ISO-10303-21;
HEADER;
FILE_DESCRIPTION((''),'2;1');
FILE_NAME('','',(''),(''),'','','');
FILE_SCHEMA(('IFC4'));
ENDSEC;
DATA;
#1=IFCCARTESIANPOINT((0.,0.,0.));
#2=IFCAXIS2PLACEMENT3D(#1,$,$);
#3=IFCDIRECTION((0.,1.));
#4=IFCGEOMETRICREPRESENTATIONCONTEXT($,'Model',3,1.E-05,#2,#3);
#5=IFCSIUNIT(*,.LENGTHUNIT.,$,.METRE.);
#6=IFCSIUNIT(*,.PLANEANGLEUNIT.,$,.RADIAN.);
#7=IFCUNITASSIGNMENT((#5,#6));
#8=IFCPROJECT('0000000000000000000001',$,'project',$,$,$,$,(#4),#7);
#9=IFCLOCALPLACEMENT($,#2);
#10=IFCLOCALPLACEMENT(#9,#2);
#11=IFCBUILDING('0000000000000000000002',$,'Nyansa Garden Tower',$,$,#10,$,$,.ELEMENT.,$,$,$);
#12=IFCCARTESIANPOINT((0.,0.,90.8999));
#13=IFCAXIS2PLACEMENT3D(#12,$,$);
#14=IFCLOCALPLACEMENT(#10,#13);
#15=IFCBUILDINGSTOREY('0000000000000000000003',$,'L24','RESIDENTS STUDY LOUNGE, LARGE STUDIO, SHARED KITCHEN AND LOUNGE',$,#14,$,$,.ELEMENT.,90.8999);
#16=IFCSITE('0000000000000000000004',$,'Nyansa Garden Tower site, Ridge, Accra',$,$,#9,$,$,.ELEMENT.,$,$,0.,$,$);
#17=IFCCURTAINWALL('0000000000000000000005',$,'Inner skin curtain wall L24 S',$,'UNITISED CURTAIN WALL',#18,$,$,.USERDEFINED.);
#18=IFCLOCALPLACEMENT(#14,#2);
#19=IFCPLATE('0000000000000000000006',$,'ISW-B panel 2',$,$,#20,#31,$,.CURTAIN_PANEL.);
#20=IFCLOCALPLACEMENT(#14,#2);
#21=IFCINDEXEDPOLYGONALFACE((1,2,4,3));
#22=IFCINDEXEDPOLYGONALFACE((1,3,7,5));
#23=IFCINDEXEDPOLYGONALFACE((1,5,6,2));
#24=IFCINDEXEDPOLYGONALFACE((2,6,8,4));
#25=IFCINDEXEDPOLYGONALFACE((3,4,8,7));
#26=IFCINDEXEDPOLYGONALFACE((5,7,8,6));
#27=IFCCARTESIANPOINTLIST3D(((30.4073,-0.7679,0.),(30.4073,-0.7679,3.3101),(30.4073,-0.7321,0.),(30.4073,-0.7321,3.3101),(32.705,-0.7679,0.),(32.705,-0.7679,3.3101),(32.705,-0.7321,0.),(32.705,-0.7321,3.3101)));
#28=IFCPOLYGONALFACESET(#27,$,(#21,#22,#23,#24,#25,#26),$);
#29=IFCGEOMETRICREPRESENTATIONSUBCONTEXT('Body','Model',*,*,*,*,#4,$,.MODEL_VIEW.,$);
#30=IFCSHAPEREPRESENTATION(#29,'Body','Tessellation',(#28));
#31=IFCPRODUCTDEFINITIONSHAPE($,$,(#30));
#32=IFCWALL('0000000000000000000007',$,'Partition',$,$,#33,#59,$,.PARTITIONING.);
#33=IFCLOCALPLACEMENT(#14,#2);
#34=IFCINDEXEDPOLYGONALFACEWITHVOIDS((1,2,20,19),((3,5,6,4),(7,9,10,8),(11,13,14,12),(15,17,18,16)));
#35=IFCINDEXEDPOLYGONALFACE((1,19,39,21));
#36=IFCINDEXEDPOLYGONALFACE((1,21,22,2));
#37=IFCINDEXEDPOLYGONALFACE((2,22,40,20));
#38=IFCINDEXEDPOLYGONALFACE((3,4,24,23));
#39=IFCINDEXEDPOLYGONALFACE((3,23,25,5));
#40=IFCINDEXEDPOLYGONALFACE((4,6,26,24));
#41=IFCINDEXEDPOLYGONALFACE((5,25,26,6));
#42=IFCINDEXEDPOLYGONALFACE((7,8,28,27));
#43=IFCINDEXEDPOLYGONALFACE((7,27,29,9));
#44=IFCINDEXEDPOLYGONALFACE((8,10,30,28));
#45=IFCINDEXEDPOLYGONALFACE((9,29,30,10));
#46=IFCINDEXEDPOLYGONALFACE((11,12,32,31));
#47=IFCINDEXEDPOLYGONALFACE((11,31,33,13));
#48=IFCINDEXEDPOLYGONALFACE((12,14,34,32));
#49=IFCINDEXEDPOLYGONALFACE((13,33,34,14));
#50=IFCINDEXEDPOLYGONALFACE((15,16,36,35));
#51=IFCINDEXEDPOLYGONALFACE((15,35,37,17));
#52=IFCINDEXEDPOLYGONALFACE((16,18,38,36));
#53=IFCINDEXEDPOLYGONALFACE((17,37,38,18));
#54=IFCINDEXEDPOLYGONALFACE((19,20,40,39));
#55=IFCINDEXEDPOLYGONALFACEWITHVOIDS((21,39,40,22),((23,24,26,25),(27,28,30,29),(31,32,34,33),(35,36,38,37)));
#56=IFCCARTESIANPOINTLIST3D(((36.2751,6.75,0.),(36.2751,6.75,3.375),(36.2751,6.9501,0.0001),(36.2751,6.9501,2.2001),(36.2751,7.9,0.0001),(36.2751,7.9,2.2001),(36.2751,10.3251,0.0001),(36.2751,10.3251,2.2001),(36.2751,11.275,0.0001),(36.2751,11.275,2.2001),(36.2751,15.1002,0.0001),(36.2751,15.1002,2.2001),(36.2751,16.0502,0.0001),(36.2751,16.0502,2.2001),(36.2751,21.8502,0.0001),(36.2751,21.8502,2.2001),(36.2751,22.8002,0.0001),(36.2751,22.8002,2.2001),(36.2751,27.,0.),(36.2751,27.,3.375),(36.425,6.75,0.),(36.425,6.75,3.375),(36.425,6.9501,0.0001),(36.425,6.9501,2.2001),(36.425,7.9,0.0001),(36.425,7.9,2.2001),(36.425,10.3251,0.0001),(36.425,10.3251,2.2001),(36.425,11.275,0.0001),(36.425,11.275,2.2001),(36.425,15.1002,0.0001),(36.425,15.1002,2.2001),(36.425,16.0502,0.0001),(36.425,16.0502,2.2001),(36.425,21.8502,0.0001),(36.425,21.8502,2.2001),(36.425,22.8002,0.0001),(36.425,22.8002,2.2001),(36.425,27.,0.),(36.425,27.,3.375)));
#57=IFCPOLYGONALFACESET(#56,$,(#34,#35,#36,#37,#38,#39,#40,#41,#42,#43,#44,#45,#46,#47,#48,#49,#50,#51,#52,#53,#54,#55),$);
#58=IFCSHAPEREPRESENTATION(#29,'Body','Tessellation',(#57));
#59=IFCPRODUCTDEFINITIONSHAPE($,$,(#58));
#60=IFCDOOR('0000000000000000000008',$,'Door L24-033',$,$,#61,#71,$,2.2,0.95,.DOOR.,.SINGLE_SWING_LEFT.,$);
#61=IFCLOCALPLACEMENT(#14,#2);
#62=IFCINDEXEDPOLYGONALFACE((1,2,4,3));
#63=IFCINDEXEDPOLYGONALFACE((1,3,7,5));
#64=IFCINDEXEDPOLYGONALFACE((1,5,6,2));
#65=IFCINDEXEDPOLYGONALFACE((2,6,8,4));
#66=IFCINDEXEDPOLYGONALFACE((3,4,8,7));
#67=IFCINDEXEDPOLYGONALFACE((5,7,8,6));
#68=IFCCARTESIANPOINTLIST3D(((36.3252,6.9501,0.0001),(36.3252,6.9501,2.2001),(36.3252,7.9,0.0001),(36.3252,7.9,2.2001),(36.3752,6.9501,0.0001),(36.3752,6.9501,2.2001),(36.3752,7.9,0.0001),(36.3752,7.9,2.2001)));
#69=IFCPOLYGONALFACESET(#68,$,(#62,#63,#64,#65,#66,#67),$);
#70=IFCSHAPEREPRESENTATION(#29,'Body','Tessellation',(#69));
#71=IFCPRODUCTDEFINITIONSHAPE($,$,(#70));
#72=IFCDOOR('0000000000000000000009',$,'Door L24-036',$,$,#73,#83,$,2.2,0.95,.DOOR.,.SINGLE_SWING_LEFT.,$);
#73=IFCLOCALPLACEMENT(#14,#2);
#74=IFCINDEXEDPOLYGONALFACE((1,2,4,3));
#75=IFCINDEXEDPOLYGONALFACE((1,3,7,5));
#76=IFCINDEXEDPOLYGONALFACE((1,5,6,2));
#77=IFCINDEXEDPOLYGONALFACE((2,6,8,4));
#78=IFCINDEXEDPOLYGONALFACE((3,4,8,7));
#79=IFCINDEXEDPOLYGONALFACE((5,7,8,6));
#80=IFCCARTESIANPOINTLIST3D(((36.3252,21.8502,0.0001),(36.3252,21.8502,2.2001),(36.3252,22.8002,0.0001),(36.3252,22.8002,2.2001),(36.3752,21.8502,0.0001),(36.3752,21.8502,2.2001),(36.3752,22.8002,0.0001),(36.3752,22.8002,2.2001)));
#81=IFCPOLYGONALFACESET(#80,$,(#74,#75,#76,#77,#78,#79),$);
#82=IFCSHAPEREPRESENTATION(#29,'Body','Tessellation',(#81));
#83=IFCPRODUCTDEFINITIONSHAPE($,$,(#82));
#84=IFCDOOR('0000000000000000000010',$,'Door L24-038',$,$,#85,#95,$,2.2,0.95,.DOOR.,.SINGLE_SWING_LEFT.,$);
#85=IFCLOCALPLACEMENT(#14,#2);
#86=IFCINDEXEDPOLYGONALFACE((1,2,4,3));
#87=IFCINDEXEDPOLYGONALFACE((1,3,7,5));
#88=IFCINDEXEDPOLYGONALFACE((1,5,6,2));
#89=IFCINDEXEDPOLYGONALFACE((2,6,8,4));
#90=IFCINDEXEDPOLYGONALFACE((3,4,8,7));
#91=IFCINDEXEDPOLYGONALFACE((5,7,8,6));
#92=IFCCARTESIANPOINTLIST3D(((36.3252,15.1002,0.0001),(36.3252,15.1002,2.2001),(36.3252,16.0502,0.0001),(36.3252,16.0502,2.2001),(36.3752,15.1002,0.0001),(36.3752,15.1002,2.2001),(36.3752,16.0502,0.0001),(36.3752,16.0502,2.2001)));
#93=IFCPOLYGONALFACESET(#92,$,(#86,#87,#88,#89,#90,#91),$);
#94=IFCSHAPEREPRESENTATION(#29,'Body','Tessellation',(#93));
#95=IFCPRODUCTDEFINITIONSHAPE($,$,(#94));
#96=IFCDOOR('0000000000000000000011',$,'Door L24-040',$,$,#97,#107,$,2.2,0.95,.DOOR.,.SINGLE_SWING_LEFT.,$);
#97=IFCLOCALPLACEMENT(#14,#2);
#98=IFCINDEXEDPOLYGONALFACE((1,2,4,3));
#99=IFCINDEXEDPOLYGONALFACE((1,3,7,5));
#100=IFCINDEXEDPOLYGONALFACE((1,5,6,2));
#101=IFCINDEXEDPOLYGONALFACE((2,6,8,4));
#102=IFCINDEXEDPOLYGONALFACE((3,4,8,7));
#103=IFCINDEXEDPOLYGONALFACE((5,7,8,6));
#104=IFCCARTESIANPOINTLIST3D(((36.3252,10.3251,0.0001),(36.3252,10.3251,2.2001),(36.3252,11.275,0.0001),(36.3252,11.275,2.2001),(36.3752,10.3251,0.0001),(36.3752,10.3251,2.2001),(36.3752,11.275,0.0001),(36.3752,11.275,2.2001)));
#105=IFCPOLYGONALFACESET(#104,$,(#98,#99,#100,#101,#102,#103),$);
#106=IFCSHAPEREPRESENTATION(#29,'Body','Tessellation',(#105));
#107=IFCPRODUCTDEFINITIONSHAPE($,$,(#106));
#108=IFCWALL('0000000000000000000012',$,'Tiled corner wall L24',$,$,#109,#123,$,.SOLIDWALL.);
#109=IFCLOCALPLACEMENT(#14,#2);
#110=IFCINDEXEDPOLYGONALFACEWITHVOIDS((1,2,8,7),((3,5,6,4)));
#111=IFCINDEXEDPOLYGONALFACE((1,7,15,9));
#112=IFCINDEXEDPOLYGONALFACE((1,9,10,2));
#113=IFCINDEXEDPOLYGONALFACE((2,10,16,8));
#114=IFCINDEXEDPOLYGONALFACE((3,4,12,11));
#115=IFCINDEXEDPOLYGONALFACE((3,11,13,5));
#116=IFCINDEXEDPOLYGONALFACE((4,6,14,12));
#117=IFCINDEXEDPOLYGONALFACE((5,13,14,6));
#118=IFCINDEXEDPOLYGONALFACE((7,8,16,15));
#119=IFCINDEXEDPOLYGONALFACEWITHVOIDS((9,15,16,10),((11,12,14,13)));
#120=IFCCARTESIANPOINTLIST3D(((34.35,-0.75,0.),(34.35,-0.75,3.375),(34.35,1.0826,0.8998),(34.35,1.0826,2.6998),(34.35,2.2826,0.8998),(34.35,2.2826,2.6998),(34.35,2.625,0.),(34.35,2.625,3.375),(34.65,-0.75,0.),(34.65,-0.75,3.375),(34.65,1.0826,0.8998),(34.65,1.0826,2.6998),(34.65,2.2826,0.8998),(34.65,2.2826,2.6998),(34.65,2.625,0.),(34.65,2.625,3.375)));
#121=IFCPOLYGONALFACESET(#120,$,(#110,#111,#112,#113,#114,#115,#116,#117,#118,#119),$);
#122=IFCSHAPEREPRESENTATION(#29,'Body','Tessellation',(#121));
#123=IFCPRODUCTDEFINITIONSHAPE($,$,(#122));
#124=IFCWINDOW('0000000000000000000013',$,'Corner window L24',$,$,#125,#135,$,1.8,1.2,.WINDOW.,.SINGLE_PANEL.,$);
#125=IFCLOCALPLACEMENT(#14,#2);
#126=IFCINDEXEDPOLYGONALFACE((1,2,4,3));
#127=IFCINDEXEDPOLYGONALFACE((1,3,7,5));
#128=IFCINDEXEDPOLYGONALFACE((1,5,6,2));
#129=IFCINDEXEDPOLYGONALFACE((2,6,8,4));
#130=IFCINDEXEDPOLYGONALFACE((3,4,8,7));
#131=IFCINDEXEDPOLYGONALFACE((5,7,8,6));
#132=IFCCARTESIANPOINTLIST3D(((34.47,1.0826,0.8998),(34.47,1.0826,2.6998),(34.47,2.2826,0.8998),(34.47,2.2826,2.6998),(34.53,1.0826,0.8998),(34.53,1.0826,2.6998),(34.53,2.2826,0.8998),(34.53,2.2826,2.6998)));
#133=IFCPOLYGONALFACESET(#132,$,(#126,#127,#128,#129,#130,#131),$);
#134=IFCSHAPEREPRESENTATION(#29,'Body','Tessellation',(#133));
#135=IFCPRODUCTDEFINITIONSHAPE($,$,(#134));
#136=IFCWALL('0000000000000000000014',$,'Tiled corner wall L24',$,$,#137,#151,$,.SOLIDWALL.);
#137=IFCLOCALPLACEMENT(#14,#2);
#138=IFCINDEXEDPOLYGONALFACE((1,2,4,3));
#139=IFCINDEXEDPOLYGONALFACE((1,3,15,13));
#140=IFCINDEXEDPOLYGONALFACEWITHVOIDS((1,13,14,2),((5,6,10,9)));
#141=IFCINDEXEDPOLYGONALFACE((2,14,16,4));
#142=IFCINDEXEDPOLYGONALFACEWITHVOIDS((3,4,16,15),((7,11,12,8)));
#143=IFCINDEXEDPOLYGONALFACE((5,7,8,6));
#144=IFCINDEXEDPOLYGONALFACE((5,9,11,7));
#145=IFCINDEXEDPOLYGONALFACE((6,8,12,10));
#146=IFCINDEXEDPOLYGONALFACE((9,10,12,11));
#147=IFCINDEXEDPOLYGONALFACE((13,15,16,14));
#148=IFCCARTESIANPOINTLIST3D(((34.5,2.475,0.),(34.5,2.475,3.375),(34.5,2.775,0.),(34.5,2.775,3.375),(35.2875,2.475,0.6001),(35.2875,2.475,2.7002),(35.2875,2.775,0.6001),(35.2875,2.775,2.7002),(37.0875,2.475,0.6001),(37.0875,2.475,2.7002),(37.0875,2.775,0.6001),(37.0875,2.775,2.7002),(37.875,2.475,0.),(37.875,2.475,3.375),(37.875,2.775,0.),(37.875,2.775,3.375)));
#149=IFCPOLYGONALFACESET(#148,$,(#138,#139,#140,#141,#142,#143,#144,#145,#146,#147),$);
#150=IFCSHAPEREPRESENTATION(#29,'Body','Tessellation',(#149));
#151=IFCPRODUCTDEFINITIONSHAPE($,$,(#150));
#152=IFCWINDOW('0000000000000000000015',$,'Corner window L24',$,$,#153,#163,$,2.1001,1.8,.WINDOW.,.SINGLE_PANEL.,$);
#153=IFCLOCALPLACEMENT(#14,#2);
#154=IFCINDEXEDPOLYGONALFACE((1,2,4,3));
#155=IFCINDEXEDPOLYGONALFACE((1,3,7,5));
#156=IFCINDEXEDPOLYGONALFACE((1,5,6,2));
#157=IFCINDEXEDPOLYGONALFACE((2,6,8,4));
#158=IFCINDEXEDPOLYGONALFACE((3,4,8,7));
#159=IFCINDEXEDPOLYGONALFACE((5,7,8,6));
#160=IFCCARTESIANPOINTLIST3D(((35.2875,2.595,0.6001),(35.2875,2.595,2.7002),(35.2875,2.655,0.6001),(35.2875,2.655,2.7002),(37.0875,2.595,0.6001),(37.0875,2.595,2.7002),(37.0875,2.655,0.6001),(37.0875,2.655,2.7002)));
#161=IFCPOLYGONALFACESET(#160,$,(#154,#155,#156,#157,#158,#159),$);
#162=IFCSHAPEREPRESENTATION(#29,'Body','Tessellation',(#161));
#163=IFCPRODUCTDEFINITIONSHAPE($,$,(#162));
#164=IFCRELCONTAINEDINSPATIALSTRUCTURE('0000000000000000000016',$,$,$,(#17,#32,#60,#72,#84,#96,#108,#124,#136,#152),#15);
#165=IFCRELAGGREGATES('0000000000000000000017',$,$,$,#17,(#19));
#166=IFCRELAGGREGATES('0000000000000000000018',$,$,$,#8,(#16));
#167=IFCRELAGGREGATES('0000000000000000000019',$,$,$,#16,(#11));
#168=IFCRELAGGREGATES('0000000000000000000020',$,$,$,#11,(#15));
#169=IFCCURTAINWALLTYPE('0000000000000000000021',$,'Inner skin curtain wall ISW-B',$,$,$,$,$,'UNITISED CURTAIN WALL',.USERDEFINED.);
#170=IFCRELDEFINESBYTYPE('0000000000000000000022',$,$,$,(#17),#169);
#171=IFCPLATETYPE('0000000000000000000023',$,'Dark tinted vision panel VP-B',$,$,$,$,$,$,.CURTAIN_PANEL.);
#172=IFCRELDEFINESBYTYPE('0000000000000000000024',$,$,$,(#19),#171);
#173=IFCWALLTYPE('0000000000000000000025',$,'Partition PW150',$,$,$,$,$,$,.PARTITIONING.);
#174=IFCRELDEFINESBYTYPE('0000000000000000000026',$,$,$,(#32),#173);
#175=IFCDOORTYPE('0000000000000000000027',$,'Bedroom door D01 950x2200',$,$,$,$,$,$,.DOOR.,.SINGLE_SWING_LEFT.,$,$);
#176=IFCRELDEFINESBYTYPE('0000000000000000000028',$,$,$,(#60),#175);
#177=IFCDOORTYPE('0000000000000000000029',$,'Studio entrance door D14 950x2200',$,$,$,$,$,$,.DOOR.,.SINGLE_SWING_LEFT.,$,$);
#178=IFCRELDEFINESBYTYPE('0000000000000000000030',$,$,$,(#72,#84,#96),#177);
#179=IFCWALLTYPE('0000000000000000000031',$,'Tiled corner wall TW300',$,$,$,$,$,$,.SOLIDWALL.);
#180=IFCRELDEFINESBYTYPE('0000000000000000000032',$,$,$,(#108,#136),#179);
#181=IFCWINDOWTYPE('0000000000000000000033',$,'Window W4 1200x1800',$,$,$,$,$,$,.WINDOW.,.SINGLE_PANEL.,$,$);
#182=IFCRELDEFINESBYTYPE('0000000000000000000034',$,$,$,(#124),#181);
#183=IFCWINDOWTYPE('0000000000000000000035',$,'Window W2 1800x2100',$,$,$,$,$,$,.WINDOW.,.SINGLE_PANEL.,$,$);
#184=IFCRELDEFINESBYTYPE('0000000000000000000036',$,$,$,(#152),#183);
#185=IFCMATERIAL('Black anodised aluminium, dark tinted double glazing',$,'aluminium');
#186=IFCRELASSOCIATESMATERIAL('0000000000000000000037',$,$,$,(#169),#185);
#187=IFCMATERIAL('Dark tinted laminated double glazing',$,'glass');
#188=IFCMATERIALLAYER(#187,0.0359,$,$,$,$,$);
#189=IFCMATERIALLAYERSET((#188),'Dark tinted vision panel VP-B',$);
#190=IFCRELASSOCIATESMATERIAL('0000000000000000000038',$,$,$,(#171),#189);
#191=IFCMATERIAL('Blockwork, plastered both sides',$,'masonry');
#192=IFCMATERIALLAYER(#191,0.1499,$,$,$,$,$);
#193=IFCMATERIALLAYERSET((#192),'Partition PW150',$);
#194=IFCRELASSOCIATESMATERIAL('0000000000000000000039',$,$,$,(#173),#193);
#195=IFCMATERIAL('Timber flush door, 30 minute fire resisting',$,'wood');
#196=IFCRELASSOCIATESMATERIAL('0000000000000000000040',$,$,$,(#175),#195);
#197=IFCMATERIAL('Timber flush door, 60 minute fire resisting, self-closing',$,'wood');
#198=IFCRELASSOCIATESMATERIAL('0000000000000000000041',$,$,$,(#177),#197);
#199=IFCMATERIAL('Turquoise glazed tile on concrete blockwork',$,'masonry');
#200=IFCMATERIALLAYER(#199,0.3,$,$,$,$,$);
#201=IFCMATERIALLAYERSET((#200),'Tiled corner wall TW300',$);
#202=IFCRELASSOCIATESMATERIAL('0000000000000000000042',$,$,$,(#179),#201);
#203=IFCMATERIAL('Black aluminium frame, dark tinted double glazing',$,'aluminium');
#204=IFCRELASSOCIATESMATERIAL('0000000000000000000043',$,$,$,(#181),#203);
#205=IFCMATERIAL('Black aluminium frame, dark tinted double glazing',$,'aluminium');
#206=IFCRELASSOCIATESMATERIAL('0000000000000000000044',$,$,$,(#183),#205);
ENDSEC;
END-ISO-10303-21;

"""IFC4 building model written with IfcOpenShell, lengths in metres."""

from ifc_helpers import new_model, si_unit, direction, frame, frame_2d, origin, origin_2d, place, context, subcontext, project, spatial, rectangle, extrude, material, layer, layer_set, type_object, element, fill, aggregate, save


model = new_model("IFC4")

# Units and contexts
model_context = context("Model", 3, precision=1e-05, world=origin(), true_north=direction((0.0, 1.0)))
body_context = subcontext(model_context, "Body", "Model", "MODEL_VIEW")
ifc_project = project(units=[si_unit("LENGTHUNIT", "METRE"), si_unit("PLANEANGLEUNIT", "RADIAN")], contexts=[model_context])

# Site, building, storey
site_placement = place(None, origin())
site = spatial("IfcSite", under=ifc_project, at=site_placement, Name="Nyansa Garden Tower site, Ridge, Accra", CompositionType="ELEMENT", RefElevation=0.0)
building_placement = place(site_placement, origin())
building = spatial("IfcBuilding", under=site, at=building_placement, Name="Nyansa Garden Tower", CompositionType="ELEMENT")
storey_placement = place(building_placement, frame((0.0, 0.0, 90.8999)))
storey = spatial("IfcBuildingStorey", under=building, at=storey_placement, Name="L24", Description="RESIDENTS STUDY LOUNGE, LARGE STUDIO, SHARED KITCHEN AND LOUNGE", CompositionType="ELEMENT", Elevation=90.8999)

# Curtain wall
ifc_material_1 = material(Name="Black anodised aluminium, dark tinted double glazing", Category="aluminium")
curtain_wall_type = type_object("IfcCurtainWallType", Name="Inner skin curtain wall ISW-B", ElementType="UNITISED CURTAIN WALL", PredefinedType="USERDEFINED", material=ifc_material_1)
curtain_wall_placement = place(storey_placement, origin())
curtain_wall = element("IfcCurtainWall", 1, at=curtain_wall_placement, inside=storey, type_object=curtain_wall_type, Name="Inner skin curtain wall L24 S", ObjectType="UNITISED CURTAIN WALL", PredefinedType="USERDEFINED")

# Plate
ifc_material_2 = material(Name="Dark tinted laminated double glazing", Category="glass")
ifc_layer_1 = layer(ifc_material_2, 0.0359)
ifc_layer_set_1 = layer_set([ifc_layer_1], Name="Dark tinted vision panel VP-B")
plate_type = type_object("IfcPlateType", Name="Dark tinted vision panel VP-B", PredefinedType="CURTAIN_PANEL", material=ifc_layer_set_1)
plate_placement = place(storey_placement, frame((31.5562, -0.75, 0.0), z_axis=(0.0, 0.0, 1.0), x_axis=(1.0, 0.0, 0.0)))
plate = element("IfcPlate", 2, at=plate_placement, type_object=plate_type, Name="ISW-B panel 2", PredefinedType="CURTAIN_PANEL", context=body_context, shape_type="SweptSolid", body=[
    extrude(rectangle(XDim=2.2976, YDim=0.0359, at=origin_2d()), origin(), (0.0, 0.0, 1.0), 3.3101),
])
aggregate(curtain_wall, [plate])

# Wall, openings, doors
ifc_material_3 = material(Name="Blockwork, plastered both sides", Category="masonry")
ifc_layer_2 = layer(ifc_material_3, 0.1499)
ifc_layer_set_2 = layer_set([ifc_layer_2], Name="Partition PW150")
wall_type_1 = type_object("IfcWallType", Name="Partition PW150", PredefinedType="PARTITIONING", material=ifc_layer_set_2)
wall_1_placement = place(storey_placement, frame((36.3501, 6.75, 0.0), z_axis=(0.0, 0.0, 1.0), x_axis=(0.0, 1.0, 0.0)))
wall_1 = element("IfcWall", 3, at=wall_1_placement, inside=storey, type_object=wall_type_1, Name="Partition", PredefinedType="PARTITIONING", context=body_context, shape_type="SweptSolid", body=[
    extrude(rectangle(XDim=20.25, YDim=0.1499, at=frame_2d((10.125, 0.0))), origin(), (0.0, 0.0, 1.0), 3.375),
])
opening_1_placement = place(wall_1_placement, frame((0.2, 0.0, 0.0)))
opening_1 = element("IfcOpeningElement", 4, at=opening_1_placement, cuts=wall_1, PredefinedType="OPENING", context=body_context, shape_type="SweptSolid", body=[
    extrude(rectangle(XDim=0.95, YDim=2.2, at=frame_2d((0.4751, 1.1001))), frame((0.0, 0.085, 0.0), z_axis=(0.0, -1.0, 0.0), x_axis=(1.0, 0.0, 0.0)), (0.0, 0.0, 1.0), 0.1699),
])
opening_2_placement = place(wall_1_placement, frame((15.1001, 0.0, 0.0)))
opening_2 = element("IfcOpeningElement", 5, at=opening_2_placement, cuts=wall_1, PredefinedType="OPENING", context=body_context, shape_type="SweptSolid", body=[
    extrude(rectangle(XDim=0.95, YDim=2.2, at=frame_2d((0.4751, 1.1001))), frame((0.0, 0.085, 0.0), z_axis=(0.0, -1.0, 0.0), x_axis=(1.0, 0.0, 0.0)), (0.0, 0.0, 1.0), 0.1699),
])
opening_3_placement = place(wall_1_placement, frame((8.3501, 0.0, 0.0)))
opening_3 = element("IfcOpeningElement", 6, at=opening_3_placement, cuts=wall_1, PredefinedType="OPENING", context=body_context, shape_type="SweptSolid", body=[
    extrude(rectangle(XDim=0.95, YDim=2.2, at=frame_2d((0.4751, 1.1001))), frame((0.0, 0.085, 0.0), z_axis=(0.0, -1.0, 0.0), x_axis=(1.0, 0.0, 0.0)), (0.0, 0.0, 1.0), 0.1699),
])
opening_4_placement = place(wall_1_placement, frame((3.575, 0.0, 0.0)))
opening_4 = element("IfcOpeningElement", 7, at=opening_4_placement, cuts=wall_1, PredefinedType="OPENING", context=body_context, shape_type="SweptSolid", body=[
    extrude(rectangle(XDim=0.95, YDim=2.2, at=frame_2d((0.4751, 1.1001))), frame((0.0, 0.085, 0.0), z_axis=(0.0, -1.0, 0.0), x_axis=(1.0, 0.0, 0.0)), (0.0, 0.0, 1.0), 0.1699),
])
ifc_material_4 = material(Name="Timber flush door, 30 minute fire resisting", Category="wood")
door_type_1 = type_object("IfcDoorType", Name="Bedroom door D01 950x2200", OperationType="SINGLE_SWING_LEFT", PredefinedType="DOOR", material=ifc_material_4)
door_1_placement = place(opening_1_placement, origin())
door_1 = element("IfcDoor", 8, at=door_1_placement, inside=storey, type_object=door_type_1, Name="Door L24-033", OperationType="SINGLE_SWING_LEFT", OverallHeight=2.2, OverallWidth=0.95, PredefinedType="DOOR", context=body_context, shape_type="SweptSolid", body=[
    extrude(rectangle(XDim=0.95, YDim=2.2, at=frame_2d((0.4751, 1.1001))), frame((0.0, 0.0249, 0.0), z_axis=(0.0, -1.0, 0.0), x_axis=(1.0, 0.0, 0.0)), (0.0, 0.0, 1.0), 0.05),
])
fill(opening_1, door_1)
ifc_material_5 = material(Name="Timber flush door, 60 minute fire resisting, self-closing", Category="wood")
door_type_2 = type_object("IfcDoorType", Name="Studio entrance door D14 950x2200", OperationType="SINGLE_SWING_LEFT", PredefinedType="DOOR", material=ifc_material_5)
door_2_placement = place(opening_2_placement, origin())
door_2 = element("IfcDoor", 9, at=door_2_placement, inside=storey, type_object=door_type_2, Name="Door L24-036", OperationType="SINGLE_SWING_LEFT", OverallHeight=2.2, OverallWidth=0.95, PredefinedType="DOOR", context=body_context, shape_type="SweptSolid", body=[
    extrude(rectangle(XDim=0.95, YDim=2.2, at=frame_2d((0.4751, 1.1001))), frame((0.0, 0.0249, 0.0), z_axis=(0.0, -1.0, 0.0), x_axis=(1.0, 0.0, 0.0)), (0.0, 0.0, 1.0), 0.05),
])
fill(opening_2, door_2)
door_3_placement = place(opening_3_placement, origin())
door_3 = element("IfcDoor", 10, at=door_3_placement, inside=storey, type_object=door_type_2, Name="Door L24-038", OperationType="SINGLE_SWING_LEFT", OverallHeight=2.2, OverallWidth=0.95, PredefinedType="DOOR", context=body_context, shape_type="SweptSolid", body=[
    extrude(rectangle(XDim=0.95, YDim=2.2, at=frame_2d((0.4751, 1.1001))), frame((0.0, 0.0249, 0.0), z_axis=(0.0, -1.0, 0.0), x_axis=(1.0, 0.0, 0.0)), (0.0, 0.0, 1.0), 0.05),
])
fill(opening_3, door_3)
door_4_placement = place(opening_4_placement, origin())
door_4 = element("IfcDoor", 11, at=door_4_placement, inside=storey, type_object=door_type_2, Name="Door L24-040", OperationType="SINGLE_SWING_LEFT", OverallHeight=2.2, OverallWidth=0.95, PredefinedType="DOOR", context=body_context, shape_type="SweptSolid", body=[
    extrude(rectangle(XDim=0.95, YDim=2.2, at=frame_2d((0.4751, 1.1001))), frame((0.0, 0.0249, 0.0), z_axis=(0.0, -1.0, 0.0), x_axis=(1.0, 0.0, 0.0)), (0.0, 0.0, 1.0), 0.05),
])
fill(opening_4, door_4)

# Walls, openings, windows
ifc_material_6 = material(Name="Turquoise glazed tile on concrete blockwork", Category="masonry")
ifc_layer_3 = layer(ifc_material_6, 0.3)
ifc_layer_set_3 = layer_set([ifc_layer_3], Name="Tiled corner wall TW300")
wall_type_2 = type_object("IfcWallType", Name="Tiled corner wall TW300", PredefinedType="SOLIDWALL", material=ifc_layer_set_3)
wall_2_placement = place(storey_placement, frame((34.5, -0.75, 0.0), z_axis=(0.0, 0.0, 1.0), x_axis=(0.0, 1.0, 0.0)))
wall_2 = element("IfcWall", 12, at=wall_2_placement, inside=storey, type_object=wall_type_2, Name="Tiled corner wall L24", PredefinedType="SOLIDWALL", context=body_context, shape_type="SweptSolid", body=[
    extrude(rectangle(XDim=3.375, YDim=0.3, at=frame_2d((1.6875, 0.0))), origin(), (0.0, 0.0, 1.0), 3.375),
])
opening_5_placement = place(wall_2_placement, frame((1.8325, 0.0, 0.8999)))
opening_5 = element("IfcOpeningElement", 13, at=opening_5_placement, cuts=wall_2, PredefinedType="OPENING", context=body_context, shape_type="SweptSolid", body=[
    extrude(rectangle(XDim=1.2, YDim=1.8, at=frame_2d((0.6001, 0.8999))), frame((0.0, 0.1599, 0.0), z_axis=(0.0, -1.0, 0.0), x_axis=(1.0, 0.0, 0.0)), (0.0, 0.0, 1.0), 0.3201),
])
ifc_material_7 = material(Name="Black aluminium frame, dark tinted double glazing", Category="aluminium")
window_type_1 = type_object("IfcWindowType", Name="Window W4 1200x1800", PartitioningType="SINGLE_PANEL", PredefinedType="WINDOW", material=ifc_material_7)
window_1_placement = place(opening_5_placement, origin())
window_1 = element("IfcWindow", 14, at=window_1_placement, inside=storey, type_object=window_type_1, Name="Corner window L24", OverallHeight=1.8, OverallWidth=1.2, PartitioningType="SINGLE_PANEL", PredefinedType="WINDOW", context=body_context, shape_type="SweptSolid", body=[
    extrude(rectangle(XDim=1.2, YDim=1.8, at=frame_2d((0.6001, 0.8999))), frame((0.0, 0.03, 0.0), z_axis=(0.0, -1.0, 0.0), x_axis=(1.0, 0.0, 0.0)), (0.0, 0.0, 1.0), 0.0601),
])
fill(opening_5, window_1)
wall_3_placement = place(storey_placement, frame((34.5, 2.625, 0.0), z_axis=(0.0, 0.0, 1.0), x_axis=(1.0, 0.0, 0.0)))
wall_3 = element("IfcWall", 15, at=wall_3_placement, inside=storey, type_object=wall_type_2, Name="Tiled corner wall L24", PredefinedType="SOLIDWALL", context=body_context, shape_type="SweptSolid", body=[
    extrude(rectangle(XDim=3.375, YDim=0.3, at=frame_2d((1.6875, 0.0))), origin(), (0.0, 0.0, 1.0), 3.375),
])
opening_6_placement = place(wall_3_placement, frame((0.7876, 0.0, 0.6001)))
opening_6 = element("IfcOpeningElement", 16, at=opening_6_placement, cuts=wall_3, PredefinedType="OPENING", context=body_context, shape_type="SweptSolid", body=[
    extrude(rectangle(XDim=1.8, YDim=2.1001, at=frame_2d((0.8999, 1.05))), frame((0.0, 0.1599, 0.0), z_axis=(0.0, -1.0, 0.0), x_axis=(1.0, 0.0, 0.0)), (0.0, 0.0, 1.0), 0.3201),
])
ifc_material_8 = material(Name="Black aluminium frame, dark tinted double glazing", Category="aluminium")
window_type_2 = type_object("IfcWindowType", Name="Window W2 1800x2100", PartitioningType="SINGLE_PANEL", PredefinedType="WINDOW", material=ifc_material_8)
window_2_placement = place(opening_6_placement, origin())
window_2 = element("IfcWindow", 17, at=window_2_placement, inside=storey, type_object=window_type_2, Name="Corner window L24", OverallHeight=2.1001, OverallWidth=1.8, PartitioningType="SINGLE_PANEL", PredefinedType="WINDOW", context=body_context, shape_type="SweptSolid", body=[
    extrude(rectangle(XDim=1.8, YDim=2.1001, at=frame_2d((0.8999, 1.05))), frame((0.0, 0.03, 0.0), z_axis=(0.0, -1.0, 0.0), x_axis=(1.0, 0.0, 0.0)), (0.0, 0.0, 1.0), 0.0601),
])
fill(opening_6, window_2)

save(model, "model.ifc")
